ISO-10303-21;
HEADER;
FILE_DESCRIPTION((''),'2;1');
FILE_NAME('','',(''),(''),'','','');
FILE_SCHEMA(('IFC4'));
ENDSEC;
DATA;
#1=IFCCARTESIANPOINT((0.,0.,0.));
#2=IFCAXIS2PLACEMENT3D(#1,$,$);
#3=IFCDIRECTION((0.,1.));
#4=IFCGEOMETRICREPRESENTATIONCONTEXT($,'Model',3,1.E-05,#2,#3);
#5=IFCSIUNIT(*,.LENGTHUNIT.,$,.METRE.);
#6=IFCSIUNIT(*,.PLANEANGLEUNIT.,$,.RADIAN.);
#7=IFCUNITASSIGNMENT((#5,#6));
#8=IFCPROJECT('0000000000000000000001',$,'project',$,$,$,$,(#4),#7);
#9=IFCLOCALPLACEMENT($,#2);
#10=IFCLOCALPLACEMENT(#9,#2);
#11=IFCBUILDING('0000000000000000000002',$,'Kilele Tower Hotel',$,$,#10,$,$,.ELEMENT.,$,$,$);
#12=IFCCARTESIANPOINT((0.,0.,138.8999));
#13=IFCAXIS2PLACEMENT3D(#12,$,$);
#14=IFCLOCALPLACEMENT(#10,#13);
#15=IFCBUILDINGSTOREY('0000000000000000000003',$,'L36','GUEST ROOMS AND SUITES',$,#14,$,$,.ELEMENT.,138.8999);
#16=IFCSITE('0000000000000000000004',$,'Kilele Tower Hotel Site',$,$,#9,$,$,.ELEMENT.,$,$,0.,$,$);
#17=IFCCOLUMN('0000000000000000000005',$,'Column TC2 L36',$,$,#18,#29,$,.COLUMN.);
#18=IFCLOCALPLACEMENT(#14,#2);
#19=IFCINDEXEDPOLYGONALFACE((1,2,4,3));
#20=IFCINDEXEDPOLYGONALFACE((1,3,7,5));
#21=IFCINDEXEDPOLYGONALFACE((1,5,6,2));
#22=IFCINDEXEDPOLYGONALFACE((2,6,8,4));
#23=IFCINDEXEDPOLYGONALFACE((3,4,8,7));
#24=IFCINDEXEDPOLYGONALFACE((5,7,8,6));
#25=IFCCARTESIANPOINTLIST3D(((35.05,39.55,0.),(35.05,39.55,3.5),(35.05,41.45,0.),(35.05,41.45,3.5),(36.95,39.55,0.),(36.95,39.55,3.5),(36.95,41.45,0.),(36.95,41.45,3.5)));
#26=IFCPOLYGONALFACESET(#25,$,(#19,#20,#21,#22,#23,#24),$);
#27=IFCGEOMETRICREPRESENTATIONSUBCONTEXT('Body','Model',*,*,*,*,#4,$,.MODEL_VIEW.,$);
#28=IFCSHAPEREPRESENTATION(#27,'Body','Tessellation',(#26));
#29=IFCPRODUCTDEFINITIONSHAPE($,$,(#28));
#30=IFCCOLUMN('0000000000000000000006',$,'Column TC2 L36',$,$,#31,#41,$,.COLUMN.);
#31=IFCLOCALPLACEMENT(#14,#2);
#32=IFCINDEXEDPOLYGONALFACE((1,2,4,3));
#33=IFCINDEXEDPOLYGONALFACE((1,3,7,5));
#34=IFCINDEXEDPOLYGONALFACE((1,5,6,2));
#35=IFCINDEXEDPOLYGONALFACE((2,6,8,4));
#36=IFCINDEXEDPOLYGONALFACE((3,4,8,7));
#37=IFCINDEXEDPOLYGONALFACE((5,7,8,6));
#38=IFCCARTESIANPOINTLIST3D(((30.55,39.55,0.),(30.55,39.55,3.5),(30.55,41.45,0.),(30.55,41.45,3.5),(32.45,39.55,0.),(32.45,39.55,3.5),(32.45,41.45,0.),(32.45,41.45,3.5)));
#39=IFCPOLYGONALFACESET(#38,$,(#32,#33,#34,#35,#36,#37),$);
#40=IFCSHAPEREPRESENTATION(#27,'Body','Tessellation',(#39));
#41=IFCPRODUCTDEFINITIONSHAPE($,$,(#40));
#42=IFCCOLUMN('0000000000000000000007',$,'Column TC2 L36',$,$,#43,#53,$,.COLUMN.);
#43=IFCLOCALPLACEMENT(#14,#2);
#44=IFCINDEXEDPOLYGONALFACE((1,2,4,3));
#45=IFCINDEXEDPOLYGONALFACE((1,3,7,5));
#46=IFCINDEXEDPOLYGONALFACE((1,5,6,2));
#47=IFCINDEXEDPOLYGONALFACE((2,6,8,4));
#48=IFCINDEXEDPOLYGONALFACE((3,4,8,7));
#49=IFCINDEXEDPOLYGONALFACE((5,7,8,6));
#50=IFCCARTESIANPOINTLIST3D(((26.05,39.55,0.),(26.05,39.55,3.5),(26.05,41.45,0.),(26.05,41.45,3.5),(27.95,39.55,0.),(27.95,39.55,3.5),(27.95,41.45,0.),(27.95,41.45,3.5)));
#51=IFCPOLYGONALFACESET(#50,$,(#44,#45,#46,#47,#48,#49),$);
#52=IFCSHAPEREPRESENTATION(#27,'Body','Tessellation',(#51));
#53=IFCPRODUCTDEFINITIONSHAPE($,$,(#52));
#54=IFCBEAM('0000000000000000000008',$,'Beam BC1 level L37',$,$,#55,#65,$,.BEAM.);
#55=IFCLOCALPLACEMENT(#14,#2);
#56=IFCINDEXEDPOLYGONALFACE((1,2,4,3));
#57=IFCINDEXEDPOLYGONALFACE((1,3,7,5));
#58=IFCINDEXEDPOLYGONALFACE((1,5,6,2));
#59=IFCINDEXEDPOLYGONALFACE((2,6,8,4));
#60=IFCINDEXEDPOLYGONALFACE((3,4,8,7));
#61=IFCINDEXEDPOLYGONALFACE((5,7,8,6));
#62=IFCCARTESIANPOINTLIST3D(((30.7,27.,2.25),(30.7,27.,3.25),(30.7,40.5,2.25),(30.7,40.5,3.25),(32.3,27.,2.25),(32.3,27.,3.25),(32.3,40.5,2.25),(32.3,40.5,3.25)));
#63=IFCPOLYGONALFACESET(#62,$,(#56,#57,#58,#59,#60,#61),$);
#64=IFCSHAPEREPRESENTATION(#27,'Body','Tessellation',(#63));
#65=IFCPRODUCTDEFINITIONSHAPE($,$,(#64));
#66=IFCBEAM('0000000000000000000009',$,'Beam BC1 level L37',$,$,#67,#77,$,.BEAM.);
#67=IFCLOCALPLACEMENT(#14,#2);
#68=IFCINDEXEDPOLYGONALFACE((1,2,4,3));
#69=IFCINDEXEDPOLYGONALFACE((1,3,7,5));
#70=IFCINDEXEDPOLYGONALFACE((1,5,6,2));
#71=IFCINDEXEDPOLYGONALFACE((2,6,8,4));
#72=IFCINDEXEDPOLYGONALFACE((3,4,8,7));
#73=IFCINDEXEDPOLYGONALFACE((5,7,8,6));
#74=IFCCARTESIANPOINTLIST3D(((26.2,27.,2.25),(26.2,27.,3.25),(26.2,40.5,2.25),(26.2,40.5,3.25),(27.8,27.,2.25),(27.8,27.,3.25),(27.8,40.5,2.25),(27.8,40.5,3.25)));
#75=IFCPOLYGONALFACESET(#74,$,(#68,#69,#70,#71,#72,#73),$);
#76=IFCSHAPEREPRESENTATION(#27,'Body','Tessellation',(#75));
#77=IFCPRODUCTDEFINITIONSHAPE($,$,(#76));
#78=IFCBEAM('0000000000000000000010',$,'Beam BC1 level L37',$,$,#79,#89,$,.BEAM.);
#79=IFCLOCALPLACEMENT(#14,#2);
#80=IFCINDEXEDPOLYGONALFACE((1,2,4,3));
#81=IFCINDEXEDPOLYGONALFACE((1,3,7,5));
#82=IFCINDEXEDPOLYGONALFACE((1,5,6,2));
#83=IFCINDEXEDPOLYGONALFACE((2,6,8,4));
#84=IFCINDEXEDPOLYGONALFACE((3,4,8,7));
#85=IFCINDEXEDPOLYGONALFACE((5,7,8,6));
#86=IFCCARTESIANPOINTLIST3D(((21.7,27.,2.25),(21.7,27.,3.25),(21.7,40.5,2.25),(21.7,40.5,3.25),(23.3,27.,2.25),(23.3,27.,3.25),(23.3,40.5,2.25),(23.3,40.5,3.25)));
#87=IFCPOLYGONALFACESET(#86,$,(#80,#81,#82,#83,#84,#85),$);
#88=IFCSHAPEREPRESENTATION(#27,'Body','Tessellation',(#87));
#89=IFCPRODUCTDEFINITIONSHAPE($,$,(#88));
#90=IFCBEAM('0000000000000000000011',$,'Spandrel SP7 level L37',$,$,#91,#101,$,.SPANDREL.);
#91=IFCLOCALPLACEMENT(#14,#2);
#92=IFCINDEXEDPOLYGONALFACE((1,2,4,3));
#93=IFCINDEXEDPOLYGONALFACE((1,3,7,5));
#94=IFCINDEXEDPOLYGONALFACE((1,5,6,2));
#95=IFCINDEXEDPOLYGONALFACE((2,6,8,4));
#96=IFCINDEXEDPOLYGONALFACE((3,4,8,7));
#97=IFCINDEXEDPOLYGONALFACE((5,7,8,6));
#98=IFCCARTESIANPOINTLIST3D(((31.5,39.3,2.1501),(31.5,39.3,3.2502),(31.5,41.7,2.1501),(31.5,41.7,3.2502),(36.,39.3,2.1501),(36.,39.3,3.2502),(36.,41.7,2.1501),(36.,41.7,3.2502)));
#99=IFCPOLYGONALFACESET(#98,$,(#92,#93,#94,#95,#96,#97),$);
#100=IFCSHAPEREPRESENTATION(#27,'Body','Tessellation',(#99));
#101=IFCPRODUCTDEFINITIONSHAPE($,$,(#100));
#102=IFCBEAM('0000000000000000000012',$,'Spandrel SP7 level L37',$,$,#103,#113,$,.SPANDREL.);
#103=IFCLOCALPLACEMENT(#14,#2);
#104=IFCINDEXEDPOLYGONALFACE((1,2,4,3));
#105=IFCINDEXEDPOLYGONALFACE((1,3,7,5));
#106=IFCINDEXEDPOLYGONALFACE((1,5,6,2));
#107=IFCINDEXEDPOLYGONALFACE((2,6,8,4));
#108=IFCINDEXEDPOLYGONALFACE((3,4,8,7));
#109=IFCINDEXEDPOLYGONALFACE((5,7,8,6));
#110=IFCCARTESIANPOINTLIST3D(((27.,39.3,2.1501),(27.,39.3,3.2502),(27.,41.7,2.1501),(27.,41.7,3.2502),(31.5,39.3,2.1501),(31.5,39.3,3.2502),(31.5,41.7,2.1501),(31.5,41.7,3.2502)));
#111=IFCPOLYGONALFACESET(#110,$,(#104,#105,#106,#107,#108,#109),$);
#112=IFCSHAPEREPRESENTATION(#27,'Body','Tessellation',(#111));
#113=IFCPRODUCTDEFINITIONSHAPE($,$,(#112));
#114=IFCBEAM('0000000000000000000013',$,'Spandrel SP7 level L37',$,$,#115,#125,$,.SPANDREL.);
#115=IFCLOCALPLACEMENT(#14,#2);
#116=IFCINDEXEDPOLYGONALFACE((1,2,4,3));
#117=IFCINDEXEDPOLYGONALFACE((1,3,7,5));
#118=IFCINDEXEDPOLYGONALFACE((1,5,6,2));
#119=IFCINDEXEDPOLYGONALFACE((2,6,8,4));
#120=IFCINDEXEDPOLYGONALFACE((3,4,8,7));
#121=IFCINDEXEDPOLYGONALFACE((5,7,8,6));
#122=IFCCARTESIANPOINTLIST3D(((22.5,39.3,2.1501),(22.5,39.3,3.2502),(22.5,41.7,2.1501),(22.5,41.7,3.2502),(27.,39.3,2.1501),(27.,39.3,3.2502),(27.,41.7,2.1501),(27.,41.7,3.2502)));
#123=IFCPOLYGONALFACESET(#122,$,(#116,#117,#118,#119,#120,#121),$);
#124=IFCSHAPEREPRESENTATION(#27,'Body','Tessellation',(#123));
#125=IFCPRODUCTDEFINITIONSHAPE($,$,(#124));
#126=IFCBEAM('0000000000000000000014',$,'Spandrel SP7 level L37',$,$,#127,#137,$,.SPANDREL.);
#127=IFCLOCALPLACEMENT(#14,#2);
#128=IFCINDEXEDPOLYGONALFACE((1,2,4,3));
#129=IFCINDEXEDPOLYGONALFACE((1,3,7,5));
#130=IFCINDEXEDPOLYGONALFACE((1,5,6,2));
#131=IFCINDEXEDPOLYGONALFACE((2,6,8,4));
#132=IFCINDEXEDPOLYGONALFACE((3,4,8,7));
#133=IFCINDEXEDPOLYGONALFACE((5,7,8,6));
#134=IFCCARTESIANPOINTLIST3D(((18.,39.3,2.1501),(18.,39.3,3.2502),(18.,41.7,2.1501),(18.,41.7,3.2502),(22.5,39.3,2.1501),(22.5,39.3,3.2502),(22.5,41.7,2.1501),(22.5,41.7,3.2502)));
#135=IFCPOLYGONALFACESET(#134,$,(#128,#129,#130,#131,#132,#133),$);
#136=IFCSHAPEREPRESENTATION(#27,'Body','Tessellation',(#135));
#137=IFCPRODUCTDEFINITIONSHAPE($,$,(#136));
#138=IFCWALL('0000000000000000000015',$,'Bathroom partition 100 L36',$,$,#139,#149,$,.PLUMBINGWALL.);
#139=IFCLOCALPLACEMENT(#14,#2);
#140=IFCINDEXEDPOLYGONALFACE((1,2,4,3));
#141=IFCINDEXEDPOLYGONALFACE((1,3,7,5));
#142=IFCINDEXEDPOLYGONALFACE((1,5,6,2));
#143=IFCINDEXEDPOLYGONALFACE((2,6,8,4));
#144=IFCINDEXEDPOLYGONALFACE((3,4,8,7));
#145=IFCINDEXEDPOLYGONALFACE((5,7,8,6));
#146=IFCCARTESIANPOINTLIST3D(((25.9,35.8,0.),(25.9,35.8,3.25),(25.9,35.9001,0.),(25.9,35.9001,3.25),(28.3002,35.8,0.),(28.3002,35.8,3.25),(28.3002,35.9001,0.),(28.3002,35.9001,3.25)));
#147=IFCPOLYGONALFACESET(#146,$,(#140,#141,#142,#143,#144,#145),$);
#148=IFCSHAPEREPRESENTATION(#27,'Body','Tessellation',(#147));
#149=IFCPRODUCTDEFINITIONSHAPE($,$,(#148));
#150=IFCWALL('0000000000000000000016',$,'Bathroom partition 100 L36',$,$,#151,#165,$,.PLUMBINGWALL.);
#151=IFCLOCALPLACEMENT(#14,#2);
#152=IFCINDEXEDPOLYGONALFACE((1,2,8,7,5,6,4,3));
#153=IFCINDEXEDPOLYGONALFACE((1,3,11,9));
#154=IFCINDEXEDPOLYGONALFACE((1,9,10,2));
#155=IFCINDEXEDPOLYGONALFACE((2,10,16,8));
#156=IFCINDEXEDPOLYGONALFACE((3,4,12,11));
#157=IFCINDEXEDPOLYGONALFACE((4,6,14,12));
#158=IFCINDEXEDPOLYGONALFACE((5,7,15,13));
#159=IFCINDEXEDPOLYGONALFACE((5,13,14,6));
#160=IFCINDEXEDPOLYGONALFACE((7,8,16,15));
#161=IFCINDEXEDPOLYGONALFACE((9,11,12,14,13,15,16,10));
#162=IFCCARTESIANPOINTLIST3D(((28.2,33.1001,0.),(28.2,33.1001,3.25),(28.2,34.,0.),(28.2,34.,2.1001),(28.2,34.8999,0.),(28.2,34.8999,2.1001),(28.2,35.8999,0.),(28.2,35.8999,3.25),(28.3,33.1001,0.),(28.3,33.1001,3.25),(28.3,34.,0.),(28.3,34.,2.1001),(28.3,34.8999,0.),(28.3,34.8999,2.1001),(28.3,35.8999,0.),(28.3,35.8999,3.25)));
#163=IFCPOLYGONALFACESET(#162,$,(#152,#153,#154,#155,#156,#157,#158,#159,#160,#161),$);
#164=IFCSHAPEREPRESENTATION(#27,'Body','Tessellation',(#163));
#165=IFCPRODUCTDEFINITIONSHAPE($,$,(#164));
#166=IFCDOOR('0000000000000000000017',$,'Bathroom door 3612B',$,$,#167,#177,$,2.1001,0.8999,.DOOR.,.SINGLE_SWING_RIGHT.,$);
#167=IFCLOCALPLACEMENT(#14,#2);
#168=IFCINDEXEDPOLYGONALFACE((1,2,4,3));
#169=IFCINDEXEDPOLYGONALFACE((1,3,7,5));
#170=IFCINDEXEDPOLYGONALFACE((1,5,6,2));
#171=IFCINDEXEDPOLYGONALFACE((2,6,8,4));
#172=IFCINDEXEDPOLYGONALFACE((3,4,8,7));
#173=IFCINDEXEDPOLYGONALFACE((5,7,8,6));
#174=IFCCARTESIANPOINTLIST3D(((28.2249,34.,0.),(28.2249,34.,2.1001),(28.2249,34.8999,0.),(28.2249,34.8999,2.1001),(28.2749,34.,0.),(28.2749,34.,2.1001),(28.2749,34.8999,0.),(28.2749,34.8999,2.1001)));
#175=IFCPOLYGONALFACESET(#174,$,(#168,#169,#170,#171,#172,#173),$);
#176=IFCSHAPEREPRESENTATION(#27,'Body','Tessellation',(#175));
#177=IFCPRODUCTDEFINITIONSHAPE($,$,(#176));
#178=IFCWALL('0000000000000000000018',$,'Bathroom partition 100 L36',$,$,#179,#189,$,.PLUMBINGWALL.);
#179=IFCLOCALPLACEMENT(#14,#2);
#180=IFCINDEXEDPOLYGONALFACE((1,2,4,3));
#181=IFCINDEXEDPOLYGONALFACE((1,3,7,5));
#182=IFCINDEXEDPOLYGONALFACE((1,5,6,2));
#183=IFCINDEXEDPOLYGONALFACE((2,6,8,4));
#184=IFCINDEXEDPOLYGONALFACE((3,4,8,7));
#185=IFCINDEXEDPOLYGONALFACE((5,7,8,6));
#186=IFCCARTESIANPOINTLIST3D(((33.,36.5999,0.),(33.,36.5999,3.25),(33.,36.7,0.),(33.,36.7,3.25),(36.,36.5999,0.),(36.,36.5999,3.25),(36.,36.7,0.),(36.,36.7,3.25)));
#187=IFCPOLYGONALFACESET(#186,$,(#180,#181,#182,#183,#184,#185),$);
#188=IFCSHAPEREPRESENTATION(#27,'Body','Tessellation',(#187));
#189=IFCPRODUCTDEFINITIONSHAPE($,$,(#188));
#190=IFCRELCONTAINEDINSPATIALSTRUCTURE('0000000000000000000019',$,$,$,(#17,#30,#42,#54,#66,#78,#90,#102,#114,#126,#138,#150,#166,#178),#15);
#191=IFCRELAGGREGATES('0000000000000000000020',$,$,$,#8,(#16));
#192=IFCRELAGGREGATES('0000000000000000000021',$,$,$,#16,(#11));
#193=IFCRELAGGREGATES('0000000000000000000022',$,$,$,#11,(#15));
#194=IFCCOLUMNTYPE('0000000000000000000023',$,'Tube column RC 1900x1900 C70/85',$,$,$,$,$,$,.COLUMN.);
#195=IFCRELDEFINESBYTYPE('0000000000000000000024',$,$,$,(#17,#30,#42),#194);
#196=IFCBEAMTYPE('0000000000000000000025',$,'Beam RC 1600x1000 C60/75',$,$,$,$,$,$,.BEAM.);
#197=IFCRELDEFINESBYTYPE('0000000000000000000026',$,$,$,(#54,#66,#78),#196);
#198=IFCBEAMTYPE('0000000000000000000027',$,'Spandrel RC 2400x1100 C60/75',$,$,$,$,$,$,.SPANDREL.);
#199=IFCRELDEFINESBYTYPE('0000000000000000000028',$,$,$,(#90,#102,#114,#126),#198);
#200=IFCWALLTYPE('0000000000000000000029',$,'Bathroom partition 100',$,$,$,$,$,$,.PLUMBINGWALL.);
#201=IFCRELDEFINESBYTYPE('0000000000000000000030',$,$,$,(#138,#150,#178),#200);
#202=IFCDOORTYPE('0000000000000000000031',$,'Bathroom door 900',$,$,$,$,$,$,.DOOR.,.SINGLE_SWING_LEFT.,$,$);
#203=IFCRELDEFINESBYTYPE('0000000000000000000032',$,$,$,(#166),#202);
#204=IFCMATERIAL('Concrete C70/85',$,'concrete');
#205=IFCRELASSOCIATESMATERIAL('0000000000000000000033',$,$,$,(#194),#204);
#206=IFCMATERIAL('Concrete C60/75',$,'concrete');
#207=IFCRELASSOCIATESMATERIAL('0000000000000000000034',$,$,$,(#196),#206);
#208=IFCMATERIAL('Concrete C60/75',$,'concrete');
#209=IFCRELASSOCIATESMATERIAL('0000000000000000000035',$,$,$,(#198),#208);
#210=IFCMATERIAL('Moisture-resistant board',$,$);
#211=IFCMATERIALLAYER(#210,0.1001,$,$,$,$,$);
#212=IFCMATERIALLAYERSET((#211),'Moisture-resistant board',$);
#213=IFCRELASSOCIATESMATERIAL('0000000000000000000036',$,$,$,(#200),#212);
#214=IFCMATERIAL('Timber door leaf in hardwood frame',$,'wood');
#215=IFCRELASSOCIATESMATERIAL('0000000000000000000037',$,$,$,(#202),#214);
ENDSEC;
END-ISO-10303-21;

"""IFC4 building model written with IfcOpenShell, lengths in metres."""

from ifc_helpers import new_model, si_unit, direction, frame, frame_2d, origin, origin_2d, place, context, subcontext, project, spatial, rectangle, extrude, material, layer, layer_set, material_profile, profile_set, type_object, element, fill, save


model = new_model("IFC4")

# Units and contexts
model_context = context("Model", 3, precision=1e-05, world=origin(), true_north=direction((0.0, 1.0)))
body_context = subcontext(model_context, "Body", "Model", "MODEL_VIEW")
ifc_project = project(units=[si_unit("LENGTHUNIT", "METRE"), si_unit("PLANEANGLEUNIT", "RADIAN")], contexts=[model_context])

# Site, building, storey
site_placement = place(None, origin())
site = spatial("IfcSite", under=ifc_project, at=site_placement, Name="Kilele Tower Hotel Site", CompositionType="ELEMENT", RefElevation=0.0)
building_placement = place(site_placement, origin())
building = spatial("IfcBuilding", under=site, at=building_placement, Name="Kilele Tower Hotel", CompositionType="ELEMENT")
storey_placement = place(building_placement, frame((0.0, 0.0, 138.8999)))
storey = spatial("IfcBuildingStorey", under=building, at=storey_placement, Name="L36", Description="GUEST ROOMS AND SUITES", CompositionType="ELEMENT", Elevation=138.8999)

# Columns
ifc_material_1 = material(Name="Concrete C70/85", Category="concrete")
ifc_material_profile_1 = material_profile(ifc_material_1, rectangle(XDim=1.8999, YDim=1.8999, at=origin_2d()))
ifc_profile_set_1 = profile_set([ifc_material_profile_1], Name="Concrete C70/85")
column_type = type_object("IfcColumnType", Name="Tube column RC 1900x1900 C70/85", PredefinedType="COLUMN", material=ifc_profile_set_1)
for number, where, z_axis, x_axis, name in (
    (1, (36.0, 40.5, 0.0), (0.0, 0.0, 1.0), (1.0, 0.0, 0.0), "Column TC2 L36"),
    (2, (31.5, 40.5, 0.0), (0.0, 0.0, 1.0), (1.0, 0.0, 0.0), "Column TC2 L36"),
    (3, (27.0, 40.5, 0.0), (0.0, 0.0, 1.0), (1.0, 0.0, 0.0), "Column TC2 L36"),
):
    element("IfcColumn", number, at=place(storey_placement, frame(where, z_axis=z_axis, x_axis=x_axis)), inside=storey, type_object=column_type, Name=name, PredefinedType="COLUMN", context=body_context, shape_type="SweptSolid", body=[
        extrude(rectangle(XDim=1.8999, YDim=1.8999, at=origin_2d()), origin(), (0.0, 0.0, 1.0), 3.5),
    ])

# Beams
ifc_material_2 = material(Name="Concrete C60/75", Category="concrete")
ifc_material_profile_2 = material_profile(ifc_material_2, rectangle(XDim=1.6001, YDim=1.0, at=origin_2d()))
ifc_profile_set_2 = profile_set([ifc_material_profile_2], Name="Concrete C60/75")
beam_type_1 = type_object("IfcBeamType", Name="Beam RC 1600x1000 C60/75", PredefinedType="BEAM", material=ifc_profile_set_2)
for number, where, z_axis, x_axis, name in (
    (4, (31.5, 40.5, 2.75), (0.0, -1.0, 0.0), (1.0, 0.0, 0.0), "Beam BC1 level L37"),
    (5, (27.0, 40.5, 2.75), (0.0, -1.0, 0.0), (1.0, 0.0, 0.0), "Beam BC1 level L37"),
    (6, (22.5, 40.5, 2.75), (0.0, -1.0, 0.0), (1.0, 0.0, 0.0), "Beam BC1 level L37"),
):
    element("IfcBeam", number, at=place(storey_placement, frame(where, z_axis=z_axis, x_axis=x_axis)), inside=storey, type_object=beam_type_1, Name=name, PredefinedType="BEAM", context=body_context, shape_type="SweptSolid", body=[
        extrude(rectangle(XDim=1.6001, YDim=1.0, at=origin_2d()), origin(), (0.0, 0.0, 1.0), 13.5),
    ])
ifc_material_3 = material(Name="Concrete C60/75", Category="concrete")
ifc_material_profile_3 = material_profile(ifc_material_3, rectangle(XDim=2.3999, YDim=1.1001, at=origin_2d()))
ifc_profile_set_3 = profile_set([ifc_material_profile_3], Name="Concrete C60/75")
beam_type_2 = type_object("IfcBeamType", Name="Spandrel RC 2400x1100 C60/75", PredefinedType="SPANDREL", material=ifc_profile_set_3)
for number, where, z_axis, x_axis, name in (
    (7, (36.0, 40.5, 2.7002), (-1.0, 0.0, 0.0), (0.0, -1.0, 0.0), "Spandrel SP7 level L37"),
    (8, (31.5, 40.5, 2.7002), (-1.0, 0.0, 0.0), (0.0, -1.0, 0.0), "Spandrel SP7 level L37"),
    (9, (27.0, 40.5, 2.7002), (-1.0, 0.0, 0.0), (0.0, -1.0, 0.0), "Spandrel SP7 level L37"),
    (10, (22.5, 40.5, 2.7002), (-1.0, 0.0, 0.0), (0.0, -1.0, 0.0), "Spandrel SP7 level L37"),
):
    element("IfcBeam", number, at=place(storey_placement, frame(where, z_axis=z_axis, x_axis=x_axis)), inside=storey, type_object=beam_type_2, Name=name, PredefinedType="SPANDREL", context=body_context, shape_type="SweptSolid", body=[
        extrude(rectangle(XDim=2.3999, YDim=1.1001, at=origin_2d()), origin(), (0.0, 0.0, 1.0), 4.5),
    ])

# Wall
ifc_material_4 = material(Name="Moisture-resistant board")
ifc_layer_1 = layer(ifc_material_4, 0.1001)
ifc_layer_set_1 = layer_set([ifc_layer_1], Name="Moisture-resistant board")
wall_type_1 = type_object("IfcWallType", Name="Bathroom partition 100", PredefinedType="PLUMBINGWALL", material=ifc_layer_set_1)
wall_1_placement = place(storey_placement, frame((25.8999, 35.8501, 0.0), z_axis=(0.0, 0.0, 1.0), x_axis=(1.0, 0.0, 0.0)))
element("IfcWall", 11, at=wall_1_placement, inside=storey, type_object=wall_type_1, Name="Bathroom partition 100 L36", PredefinedType="PLUMBINGWALL", context=body_context, shape_type="SweptSolid", body=[
    extrude(rectangle(XDim=2.4001, YDim=0.1001, at=frame_2d((1.2002, 0.0))), origin(), (0.0, 0.0, 1.0), 3.25),
])

# Wall, opening, door
wall_2_placement = place(storey_placement, frame((28.25, 33.1001, 0.0), z_axis=(0.0, 0.0, 1.0), x_axis=(0.0, 1.0, 0.0)))
wall_2 = element("IfcWall", 12, at=wall_2_placement, inside=storey, type_object=wall_type_1, Name="Bathroom partition 100 L36", PredefinedType="PLUMBINGWALL", context=body_context, shape_type="SweptSolid", body=[
    extrude(rectangle(XDim=2.7998, YDim=0.1001, at=frame_2d((1.3999, 0.0))), origin(), (0.0, 0.0, 1.0), 3.25),
])
opening_1_placement = place(wall_2_placement, frame((1.7998, 0.0, 0.0), z_axis=(0.0, 0.0, 1.0), x_axis=(-1.0, 0.0, 0.0)))
opening_1 = element("IfcOpeningElement", 13, at=opening_1_placement, cuts=wall_2, PredefinedType="OPENING", context=body_context, shape_type="SweptSolid", body=[
    extrude(rectangle(XDim=0.8999, YDim=2.1001, at=frame_2d((0.45, 1.05))), frame((0.0, 0.0601, 0.0), z_axis=(0.0, -1.0, 0.0), x_axis=(1.0, 0.0, 0.0)), (0.0, 0.0, 1.0), 0.1201),
])
ifc_material_5 = material(Name="Timber door leaf in hardwood frame", Category="wood")
door_type_1 = type_object("IfcDoorType", Name="Bathroom door 900", OperationType="SINGLE_SWING_LEFT", PredefinedType="DOOR", material=ifc_material_5)
door_1_placement = place(opening_1_placement, origin())
door_1 = element("IfcDoor", 14, at=door_1_placement, inside=storey, type_object=door_type_1, Name="Bathroom door 3612B", OperationType="SINGLE_SWING_RIGHT", OverallHeight=2.1001, OverallWidth=0.8999, PredefinedType="DOOR", context=body_context, shape_type="SweptSolid", body=[
    extrude(rectangle(XDim=0.8999, YDim=2.1001, at=frame_2d((0.45, 1.05))), frame((0.0, 0.0249, 0.0), z_axis=(0.0, -1.0, 0.0), x_axis=(1.0, 0.0, 0.0)), (0.0, 0.0, 1.0), 0.05),
])
fill(opening_1, door_1)

# Wall
wall_3_placement = place(storey_placement, frame((33.0, 36.6499, 0.0), z_axis=(0.0, 0.0, 1.0), x_axis=(1.0, 0.0, 0.0)))
element("IfcWall", 15, at=wall_3_placement, inside=storey, type_object=wall_type_1, Name="Bathroom partition 100 L36", PredefinedType="PLUMBINGWALL", context=body_context, shape_type="SweptSolid", body=[
    extrude(rectangle(XDim=3.0, YDim=0.1001, at=frame_2d((1.5, 0.0))), origin(), (0.0, 0.0, 1.0), 3.25),
])

save(model, "model.ifc")
